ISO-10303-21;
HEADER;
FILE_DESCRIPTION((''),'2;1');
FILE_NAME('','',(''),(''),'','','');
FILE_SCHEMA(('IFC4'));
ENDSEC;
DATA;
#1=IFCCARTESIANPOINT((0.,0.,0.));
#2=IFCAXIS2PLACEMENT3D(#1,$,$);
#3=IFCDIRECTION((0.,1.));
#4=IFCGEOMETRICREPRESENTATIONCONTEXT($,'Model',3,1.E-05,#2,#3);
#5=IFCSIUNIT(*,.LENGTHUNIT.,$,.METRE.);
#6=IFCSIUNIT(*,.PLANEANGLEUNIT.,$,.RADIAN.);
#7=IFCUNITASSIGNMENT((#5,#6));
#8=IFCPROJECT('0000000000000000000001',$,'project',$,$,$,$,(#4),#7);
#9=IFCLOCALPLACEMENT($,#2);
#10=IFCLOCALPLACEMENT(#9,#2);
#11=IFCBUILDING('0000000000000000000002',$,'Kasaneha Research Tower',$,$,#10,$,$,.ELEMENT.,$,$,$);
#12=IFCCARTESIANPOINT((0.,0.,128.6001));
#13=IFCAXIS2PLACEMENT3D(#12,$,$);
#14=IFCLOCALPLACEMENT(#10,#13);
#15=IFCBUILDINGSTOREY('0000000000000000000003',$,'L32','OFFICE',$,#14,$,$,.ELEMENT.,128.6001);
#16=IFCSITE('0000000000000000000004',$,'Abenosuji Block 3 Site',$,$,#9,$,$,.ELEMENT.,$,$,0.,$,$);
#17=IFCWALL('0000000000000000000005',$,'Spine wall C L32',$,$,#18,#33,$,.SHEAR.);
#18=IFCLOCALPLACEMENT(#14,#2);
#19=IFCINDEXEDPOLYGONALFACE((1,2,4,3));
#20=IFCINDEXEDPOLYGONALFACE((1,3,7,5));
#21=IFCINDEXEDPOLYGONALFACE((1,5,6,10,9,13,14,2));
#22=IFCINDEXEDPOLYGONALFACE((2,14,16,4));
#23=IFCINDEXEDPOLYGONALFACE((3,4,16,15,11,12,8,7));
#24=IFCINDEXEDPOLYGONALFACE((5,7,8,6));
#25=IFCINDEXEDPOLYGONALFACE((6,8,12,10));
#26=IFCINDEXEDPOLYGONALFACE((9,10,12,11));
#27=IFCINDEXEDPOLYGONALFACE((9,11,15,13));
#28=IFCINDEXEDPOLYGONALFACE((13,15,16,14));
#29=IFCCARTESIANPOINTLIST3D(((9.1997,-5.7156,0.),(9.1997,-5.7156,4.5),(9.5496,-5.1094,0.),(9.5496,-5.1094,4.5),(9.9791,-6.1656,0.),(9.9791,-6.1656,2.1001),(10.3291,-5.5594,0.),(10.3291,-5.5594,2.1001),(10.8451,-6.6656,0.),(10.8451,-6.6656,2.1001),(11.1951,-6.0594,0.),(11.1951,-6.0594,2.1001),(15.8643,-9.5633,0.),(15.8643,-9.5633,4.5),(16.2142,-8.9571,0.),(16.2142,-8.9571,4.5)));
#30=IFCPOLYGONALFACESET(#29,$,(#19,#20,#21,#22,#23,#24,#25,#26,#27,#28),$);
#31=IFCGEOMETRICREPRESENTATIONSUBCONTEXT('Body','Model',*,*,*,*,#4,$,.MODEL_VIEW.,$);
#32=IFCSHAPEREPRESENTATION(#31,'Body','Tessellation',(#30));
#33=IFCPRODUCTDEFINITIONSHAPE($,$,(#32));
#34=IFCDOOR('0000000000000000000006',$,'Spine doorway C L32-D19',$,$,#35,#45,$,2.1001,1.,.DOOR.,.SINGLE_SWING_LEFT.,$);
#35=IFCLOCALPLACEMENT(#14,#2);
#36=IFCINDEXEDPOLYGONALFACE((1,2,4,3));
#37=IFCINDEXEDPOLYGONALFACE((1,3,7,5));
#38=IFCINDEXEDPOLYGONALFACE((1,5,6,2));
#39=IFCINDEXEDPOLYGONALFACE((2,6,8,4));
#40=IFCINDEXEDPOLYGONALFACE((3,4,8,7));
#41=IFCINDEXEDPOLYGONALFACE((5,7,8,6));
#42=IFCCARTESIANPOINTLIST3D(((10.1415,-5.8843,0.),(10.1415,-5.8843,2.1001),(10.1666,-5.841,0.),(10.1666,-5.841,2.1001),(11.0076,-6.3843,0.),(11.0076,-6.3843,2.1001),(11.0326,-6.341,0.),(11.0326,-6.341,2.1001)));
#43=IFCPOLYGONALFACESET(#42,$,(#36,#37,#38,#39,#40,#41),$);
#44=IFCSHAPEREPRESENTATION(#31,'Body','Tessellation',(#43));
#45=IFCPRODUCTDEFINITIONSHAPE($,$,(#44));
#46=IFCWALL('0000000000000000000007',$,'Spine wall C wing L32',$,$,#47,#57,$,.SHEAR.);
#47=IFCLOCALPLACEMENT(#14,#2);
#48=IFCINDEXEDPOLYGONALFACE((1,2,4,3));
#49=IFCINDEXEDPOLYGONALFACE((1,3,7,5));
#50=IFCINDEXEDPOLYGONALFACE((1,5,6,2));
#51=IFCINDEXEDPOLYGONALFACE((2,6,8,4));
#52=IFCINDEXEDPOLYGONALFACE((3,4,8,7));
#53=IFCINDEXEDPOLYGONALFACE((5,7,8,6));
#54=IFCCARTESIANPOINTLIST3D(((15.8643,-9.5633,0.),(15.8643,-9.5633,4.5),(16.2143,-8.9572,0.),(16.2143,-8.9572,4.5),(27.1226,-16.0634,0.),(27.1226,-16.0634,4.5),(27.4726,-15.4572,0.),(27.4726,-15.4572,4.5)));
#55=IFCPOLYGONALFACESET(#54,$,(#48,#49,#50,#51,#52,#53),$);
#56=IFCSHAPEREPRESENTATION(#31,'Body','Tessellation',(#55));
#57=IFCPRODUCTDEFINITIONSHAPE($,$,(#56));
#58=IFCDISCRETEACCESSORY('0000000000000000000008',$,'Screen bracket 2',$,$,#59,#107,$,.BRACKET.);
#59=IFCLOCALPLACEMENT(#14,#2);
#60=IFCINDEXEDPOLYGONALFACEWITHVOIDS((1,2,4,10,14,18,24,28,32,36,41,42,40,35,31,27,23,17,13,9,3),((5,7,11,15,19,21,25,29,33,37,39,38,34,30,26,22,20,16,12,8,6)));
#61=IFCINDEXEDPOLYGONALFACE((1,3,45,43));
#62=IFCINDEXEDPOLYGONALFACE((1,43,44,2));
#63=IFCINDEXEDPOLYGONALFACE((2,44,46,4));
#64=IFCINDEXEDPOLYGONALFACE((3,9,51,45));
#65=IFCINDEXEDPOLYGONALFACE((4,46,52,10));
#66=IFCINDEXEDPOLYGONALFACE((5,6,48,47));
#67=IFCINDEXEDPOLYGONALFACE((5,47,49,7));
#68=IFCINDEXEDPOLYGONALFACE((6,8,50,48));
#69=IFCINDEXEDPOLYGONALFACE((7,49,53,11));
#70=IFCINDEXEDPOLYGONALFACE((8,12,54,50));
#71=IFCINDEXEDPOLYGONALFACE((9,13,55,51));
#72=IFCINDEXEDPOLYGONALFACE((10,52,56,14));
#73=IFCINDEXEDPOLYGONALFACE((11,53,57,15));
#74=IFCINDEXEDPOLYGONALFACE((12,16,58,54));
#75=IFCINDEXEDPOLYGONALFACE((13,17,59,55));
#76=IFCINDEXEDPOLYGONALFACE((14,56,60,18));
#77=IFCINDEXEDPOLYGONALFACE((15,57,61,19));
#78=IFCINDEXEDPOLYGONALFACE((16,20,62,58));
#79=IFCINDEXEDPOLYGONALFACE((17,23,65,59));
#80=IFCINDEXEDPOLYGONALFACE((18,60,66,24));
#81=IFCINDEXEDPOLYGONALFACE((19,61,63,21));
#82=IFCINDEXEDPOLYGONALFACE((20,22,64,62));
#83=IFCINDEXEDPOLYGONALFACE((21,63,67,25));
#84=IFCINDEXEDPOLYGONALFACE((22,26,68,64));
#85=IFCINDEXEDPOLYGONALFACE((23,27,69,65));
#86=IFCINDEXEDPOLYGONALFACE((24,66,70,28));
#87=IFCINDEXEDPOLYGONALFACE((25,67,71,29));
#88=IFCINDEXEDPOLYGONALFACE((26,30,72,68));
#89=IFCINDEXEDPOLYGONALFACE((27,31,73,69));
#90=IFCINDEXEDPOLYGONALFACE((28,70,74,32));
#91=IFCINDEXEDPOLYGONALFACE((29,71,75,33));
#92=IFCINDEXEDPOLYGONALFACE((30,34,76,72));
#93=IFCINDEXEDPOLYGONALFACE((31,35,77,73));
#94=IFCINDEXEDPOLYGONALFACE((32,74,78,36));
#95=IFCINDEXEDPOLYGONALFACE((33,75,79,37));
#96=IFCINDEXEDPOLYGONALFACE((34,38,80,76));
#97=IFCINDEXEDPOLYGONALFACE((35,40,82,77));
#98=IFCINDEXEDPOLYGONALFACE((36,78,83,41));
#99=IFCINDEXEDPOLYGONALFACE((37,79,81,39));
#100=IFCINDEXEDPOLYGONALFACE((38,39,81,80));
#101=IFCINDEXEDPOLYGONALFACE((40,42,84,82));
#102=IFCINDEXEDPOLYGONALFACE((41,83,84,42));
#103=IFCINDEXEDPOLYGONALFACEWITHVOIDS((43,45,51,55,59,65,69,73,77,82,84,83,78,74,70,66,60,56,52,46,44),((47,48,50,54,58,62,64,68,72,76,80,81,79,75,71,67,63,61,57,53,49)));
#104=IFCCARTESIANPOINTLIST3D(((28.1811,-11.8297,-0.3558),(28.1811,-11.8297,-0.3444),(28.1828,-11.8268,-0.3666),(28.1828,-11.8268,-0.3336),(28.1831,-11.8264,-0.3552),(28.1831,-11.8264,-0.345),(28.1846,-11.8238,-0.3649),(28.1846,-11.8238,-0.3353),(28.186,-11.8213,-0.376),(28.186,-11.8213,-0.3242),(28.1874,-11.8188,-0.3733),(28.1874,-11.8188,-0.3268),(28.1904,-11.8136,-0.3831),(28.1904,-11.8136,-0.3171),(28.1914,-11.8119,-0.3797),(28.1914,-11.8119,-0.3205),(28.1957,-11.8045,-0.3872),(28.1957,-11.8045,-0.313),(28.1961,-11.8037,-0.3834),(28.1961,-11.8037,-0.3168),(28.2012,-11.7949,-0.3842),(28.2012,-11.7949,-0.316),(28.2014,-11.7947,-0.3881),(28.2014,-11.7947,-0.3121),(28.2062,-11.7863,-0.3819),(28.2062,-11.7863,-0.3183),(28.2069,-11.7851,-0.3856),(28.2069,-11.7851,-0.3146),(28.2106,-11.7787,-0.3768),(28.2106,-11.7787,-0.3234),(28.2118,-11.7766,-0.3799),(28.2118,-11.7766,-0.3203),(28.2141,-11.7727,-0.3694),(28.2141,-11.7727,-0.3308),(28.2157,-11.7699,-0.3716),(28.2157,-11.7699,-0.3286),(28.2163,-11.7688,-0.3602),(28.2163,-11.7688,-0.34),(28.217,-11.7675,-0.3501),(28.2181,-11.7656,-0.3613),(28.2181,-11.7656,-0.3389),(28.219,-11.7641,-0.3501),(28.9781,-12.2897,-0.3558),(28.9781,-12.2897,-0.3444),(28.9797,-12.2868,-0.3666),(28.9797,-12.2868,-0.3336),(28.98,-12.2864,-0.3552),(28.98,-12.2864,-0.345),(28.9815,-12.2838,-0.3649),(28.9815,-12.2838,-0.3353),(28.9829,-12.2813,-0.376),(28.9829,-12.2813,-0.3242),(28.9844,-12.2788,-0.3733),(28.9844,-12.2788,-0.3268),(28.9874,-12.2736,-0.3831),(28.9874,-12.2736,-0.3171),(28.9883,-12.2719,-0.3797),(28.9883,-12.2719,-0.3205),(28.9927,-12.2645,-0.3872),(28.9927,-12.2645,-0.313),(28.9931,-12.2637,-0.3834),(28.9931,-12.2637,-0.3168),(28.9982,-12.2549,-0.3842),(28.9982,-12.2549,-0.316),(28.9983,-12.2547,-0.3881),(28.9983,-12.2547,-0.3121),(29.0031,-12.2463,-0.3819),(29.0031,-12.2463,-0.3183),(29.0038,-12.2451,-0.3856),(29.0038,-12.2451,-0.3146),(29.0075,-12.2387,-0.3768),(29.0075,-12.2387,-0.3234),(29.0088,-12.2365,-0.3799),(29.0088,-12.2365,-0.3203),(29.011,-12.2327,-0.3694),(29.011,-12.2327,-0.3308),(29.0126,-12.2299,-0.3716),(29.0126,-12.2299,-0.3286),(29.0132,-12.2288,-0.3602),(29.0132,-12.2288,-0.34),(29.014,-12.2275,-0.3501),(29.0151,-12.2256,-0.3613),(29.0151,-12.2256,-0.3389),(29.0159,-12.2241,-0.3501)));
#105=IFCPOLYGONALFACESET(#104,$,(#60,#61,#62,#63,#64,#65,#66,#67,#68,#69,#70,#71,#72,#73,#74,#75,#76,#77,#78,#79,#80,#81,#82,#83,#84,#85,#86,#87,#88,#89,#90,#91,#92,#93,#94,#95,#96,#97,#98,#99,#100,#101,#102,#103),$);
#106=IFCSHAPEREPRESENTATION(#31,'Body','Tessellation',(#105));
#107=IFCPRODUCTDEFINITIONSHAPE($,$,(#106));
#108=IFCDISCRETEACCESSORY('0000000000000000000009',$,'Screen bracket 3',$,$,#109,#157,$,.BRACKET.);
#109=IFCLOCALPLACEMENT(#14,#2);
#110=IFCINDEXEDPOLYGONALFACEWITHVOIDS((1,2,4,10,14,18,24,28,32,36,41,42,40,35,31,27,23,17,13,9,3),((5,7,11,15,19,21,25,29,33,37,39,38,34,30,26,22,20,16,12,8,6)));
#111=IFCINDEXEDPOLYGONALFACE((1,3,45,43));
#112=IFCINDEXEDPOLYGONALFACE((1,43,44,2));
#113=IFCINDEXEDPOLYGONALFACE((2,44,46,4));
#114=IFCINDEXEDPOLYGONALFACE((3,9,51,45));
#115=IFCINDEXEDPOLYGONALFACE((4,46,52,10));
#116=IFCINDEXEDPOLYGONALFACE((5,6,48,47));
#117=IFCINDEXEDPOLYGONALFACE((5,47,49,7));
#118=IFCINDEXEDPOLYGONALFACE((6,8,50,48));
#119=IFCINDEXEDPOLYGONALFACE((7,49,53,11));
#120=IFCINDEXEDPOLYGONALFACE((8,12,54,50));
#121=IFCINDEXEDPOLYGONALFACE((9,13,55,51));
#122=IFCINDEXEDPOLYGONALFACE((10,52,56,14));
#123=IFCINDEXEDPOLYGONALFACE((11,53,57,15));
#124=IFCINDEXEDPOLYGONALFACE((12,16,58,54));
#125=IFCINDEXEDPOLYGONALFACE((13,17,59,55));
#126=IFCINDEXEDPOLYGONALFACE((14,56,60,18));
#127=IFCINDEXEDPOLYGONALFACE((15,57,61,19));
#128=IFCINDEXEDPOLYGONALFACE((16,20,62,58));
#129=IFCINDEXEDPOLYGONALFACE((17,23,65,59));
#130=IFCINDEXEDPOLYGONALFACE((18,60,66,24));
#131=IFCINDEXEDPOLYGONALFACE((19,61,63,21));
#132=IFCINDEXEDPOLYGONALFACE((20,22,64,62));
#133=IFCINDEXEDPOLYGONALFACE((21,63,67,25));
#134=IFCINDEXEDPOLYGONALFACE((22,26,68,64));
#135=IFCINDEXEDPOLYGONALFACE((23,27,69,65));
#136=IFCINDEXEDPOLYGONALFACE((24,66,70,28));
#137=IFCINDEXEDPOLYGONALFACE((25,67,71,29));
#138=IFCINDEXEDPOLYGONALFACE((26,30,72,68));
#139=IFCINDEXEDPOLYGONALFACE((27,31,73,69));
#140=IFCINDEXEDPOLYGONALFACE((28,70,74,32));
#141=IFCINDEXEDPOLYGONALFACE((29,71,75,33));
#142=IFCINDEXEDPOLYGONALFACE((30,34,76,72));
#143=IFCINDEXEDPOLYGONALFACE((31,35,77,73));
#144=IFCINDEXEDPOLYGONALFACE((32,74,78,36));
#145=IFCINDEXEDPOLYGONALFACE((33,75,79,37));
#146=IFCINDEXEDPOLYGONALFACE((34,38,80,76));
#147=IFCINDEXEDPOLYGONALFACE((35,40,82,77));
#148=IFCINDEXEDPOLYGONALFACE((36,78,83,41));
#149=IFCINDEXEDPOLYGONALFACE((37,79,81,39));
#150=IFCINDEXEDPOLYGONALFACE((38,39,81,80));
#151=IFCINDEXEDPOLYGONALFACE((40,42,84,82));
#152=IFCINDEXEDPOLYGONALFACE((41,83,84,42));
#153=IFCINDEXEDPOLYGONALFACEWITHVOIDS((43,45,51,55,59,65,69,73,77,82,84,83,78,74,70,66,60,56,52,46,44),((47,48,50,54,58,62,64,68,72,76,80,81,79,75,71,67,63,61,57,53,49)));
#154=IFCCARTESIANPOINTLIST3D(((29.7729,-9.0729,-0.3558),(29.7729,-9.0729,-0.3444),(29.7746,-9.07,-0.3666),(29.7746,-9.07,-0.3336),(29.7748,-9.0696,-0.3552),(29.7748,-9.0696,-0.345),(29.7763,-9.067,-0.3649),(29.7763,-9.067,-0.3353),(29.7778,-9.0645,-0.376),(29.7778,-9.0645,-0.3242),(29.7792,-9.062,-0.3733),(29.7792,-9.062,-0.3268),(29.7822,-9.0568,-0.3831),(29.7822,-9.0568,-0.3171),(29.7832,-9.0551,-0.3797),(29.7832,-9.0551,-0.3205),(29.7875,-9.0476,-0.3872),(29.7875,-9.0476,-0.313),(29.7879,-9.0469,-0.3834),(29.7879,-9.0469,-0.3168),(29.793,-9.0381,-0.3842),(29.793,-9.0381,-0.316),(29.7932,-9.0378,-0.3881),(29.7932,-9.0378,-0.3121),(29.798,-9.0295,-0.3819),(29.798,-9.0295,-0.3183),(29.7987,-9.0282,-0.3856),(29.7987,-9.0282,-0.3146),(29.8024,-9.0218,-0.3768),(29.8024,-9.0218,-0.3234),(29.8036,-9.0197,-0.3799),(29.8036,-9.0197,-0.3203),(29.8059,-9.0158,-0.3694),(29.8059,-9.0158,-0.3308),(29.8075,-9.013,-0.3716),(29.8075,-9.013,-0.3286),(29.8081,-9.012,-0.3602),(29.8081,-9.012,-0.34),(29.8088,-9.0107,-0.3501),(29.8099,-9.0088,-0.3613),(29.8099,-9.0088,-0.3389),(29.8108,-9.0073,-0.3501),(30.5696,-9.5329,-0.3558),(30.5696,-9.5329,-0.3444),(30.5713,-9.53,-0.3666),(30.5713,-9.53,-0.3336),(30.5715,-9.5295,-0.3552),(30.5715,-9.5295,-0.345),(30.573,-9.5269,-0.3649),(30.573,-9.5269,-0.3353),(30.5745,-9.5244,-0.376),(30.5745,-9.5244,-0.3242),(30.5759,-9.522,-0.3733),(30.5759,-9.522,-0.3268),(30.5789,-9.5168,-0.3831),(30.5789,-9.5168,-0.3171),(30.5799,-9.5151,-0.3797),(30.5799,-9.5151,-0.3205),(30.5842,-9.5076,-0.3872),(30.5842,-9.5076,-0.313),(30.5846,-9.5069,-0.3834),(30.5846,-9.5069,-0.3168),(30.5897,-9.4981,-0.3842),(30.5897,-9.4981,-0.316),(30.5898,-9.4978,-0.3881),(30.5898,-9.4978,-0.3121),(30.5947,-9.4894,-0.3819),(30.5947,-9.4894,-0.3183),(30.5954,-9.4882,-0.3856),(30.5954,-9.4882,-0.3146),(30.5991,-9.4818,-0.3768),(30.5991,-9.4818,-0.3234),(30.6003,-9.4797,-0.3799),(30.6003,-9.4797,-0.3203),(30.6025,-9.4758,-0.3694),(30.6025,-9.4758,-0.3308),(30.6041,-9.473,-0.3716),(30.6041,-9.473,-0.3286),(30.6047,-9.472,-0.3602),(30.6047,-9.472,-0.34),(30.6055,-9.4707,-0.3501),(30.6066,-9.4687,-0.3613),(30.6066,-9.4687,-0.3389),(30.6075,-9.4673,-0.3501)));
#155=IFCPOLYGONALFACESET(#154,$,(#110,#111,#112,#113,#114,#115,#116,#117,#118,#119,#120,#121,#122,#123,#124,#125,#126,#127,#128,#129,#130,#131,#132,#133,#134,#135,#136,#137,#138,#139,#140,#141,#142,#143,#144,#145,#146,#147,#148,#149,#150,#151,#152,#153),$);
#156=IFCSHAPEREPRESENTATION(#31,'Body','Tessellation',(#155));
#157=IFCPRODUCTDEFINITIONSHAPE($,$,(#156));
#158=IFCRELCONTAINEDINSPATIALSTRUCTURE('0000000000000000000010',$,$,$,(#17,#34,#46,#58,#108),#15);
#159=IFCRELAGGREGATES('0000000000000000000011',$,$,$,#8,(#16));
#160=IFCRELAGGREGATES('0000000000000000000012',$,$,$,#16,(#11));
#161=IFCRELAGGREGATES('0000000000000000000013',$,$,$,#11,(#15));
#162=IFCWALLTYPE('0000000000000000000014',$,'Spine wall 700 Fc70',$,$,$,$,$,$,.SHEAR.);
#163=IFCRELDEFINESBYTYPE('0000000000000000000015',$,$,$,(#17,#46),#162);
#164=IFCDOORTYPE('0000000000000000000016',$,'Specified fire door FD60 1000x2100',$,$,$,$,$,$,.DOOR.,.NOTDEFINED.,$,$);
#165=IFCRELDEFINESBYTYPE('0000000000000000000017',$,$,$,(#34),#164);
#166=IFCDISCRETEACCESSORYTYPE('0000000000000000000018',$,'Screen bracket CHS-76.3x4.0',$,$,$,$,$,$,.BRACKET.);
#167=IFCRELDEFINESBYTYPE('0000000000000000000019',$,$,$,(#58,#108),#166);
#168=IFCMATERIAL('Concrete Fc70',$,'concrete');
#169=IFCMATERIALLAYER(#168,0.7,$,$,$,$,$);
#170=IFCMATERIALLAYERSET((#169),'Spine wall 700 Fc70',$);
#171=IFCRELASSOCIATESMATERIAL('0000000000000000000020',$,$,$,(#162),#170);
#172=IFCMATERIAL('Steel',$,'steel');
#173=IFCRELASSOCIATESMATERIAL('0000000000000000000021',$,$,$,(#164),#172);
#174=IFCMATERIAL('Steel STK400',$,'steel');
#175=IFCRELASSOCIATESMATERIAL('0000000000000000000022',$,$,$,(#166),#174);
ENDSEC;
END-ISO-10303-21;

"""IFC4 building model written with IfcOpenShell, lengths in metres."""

from ifc_helpers import new_model, si_unit, direction, frame, frame_2d, origin, origin_2d, place, context, subcontext, project, spatial, rectangle, hollow_circle, extrude, material, layer, layer_set, material_profile, profile_set, type_object, element, fill, save


model = new_model("IFC4")

# Units and contexts
model_context = context("Model", 3, precision=1e-05, world=origin(), true_north=direction((0.0, 1.0)))
body_context = subcontext(model_context, "Body", "Model", "MODEL_VIEW")
ifc_project = project(units=[si_unit("LENGTHUNIT", "METRE"), si_unit("PLANEANGLEUNIT", "RADIAN")], contexts=[model_context])

# Site, building, storey
site_placement = place(None, origin())
site = spatial("IfcSite", under=ifc_project, at=site_placement, Name="Abenosuji Block 3 Site", CompositionType="ELEMENT", RefElevation=0.0)
building_placement = place(site_placement, origin())
building = spatial("IfcBuilding", under=site, at=building_placement, Name="Kasaneha Research Tower", CompositionType="ELEMENT")
storey_placement = place(building_placement, frame((0.0, 0.0, 128.6001)))
storey = spatial("IfcBuildingStorey", under=building, at=storey_placement, Name="L32", Description="OFFICE", CompositionType="ELEMENT", Elevation=128.6001)

# Wall, opening, door
ifc_material_1 = material(Name="Concrete Fc70", Category="concrete")
ifc_layer_1 = layer(ifc_material_1, 0.7)
ifc_layer_set_1 = layer_set([ifc_layer_1], Name="Spine wall 700 Fc70")
wall_type_1 = type_object("IfcWallType", Name="Spine wall 700 Fc70", PredefinedType="SHEAR", material=ifc_layer_set_1)
wall_1_placement = place(storey_placement, frame((9.3748, -5.4126, 0.0), z_axis=(0.0, 0.0, 1.0), x_axis=(0.866032, -0.499988, 0.0)))
wall_1 = element("IfcWall", 1, at=wall_1_placement, inside=storey, type_object=wall_type_1, Name="Spine wall C L32", PredefinedType="SHEAR", context=body_context, shape_type="SweptSolid", body=[
    extrude(rectangle(XDim=7.6956, YDim=0.7, at=frame_2d((3.8477, 0.0))), origin(), (0.0, 0.0, 1.0), 4.5),
])
opening_1_placement = place(wall_1_placement, frame((0.8999, 0.0, 0.0)))
opening_1 = element("IfcOpeningElement", 2, at=opening_1_placement, cuts=wall_1, PredefinedType="OPENING", context=body_context, shape_type="SweptSolid", body=[
    extrude(rectangle(XDim=1.0, YDim=2.1001, at=frame_2d((0.5, 1.05))), frame((0.0, 0.3599, 0.0), z_axis=(0.0, -1.0, 0.0), x_axis=(1.0, 0.0, 0.0)), (0.0, 0.0, 1.0), 0.72),
])
ifc_material_2 = material(Name="Steel", Category="steel")
door_type_1 = type_object("IfcDoorType", Name="Specified fire door FD60 1000x2100", OperationType="NOTDEFINED", PredefinedType="DOOR", material=ifc_material_2)
door_1_placement = place(opening_1_placement, origin())
door_1 = element("IfcDoor", 3, at=door_1_placement, inside=storey, type_object=door_type_1, Name="Spine doorway C L32-D19", OperationType="SINGLE_SWING_LEFT", OverallHeight=2.1001, OverallWidth=1.0, PredefinedType="DOOR", context=body_context, shape_type="SweptSolid", body=[
    extrude(rectangle(XDim=1.0, YDim=2.1001, at=frame_2d((0.5, 1.05))), frame((0.0, 0.0249, 0.0), z_axis=(0.0, -1.0, 0.0), x_axis=(1.0, 0.0, 0.0)), (0.0, 0.0, 1.0), 0.05),
])
fill(opening_1, door_1)

# Wall
wall_2_placement = place(storey_placement, frame((16.0393, -9.2603, 0.0), z_axis=(0.0, 0.0, 1.0), x_axis=(0.866025, -0.500001, 0.0)))
element("IfcWall", 4, at=wall_2_placement, inside=storey, type_object=wall_type_1, Name="Spine wall C wing L32", PredefinedType="SHEAR", context=body_context, shape_type="SweptSolid", body=[
    extrude(rectangle(XDim=13.0, YDim=0.7, at=frame_2d((6.5, 0.0))), origin(), (0.0, 0.0, 1.0), 4.5),
])

# Discrete accessories
ifc_material_3 = material(Name="Steel STK400", Category="steel")
ifc_material_profile_1 = material_profile(ifc_material_3, hollow_circle(Radius=0.0381, WallThickness=0.0039, at=origin_2d()), Name="CHS-76.3x4.0")
ifc_profile_set_1 = profile_set([ifc_material_profile_1], Name="Steel STK400")
discrete_accessory_type = type_object("IfcDiscreteAccessoryType", Name="Screen bracket CHS-76.3x4.0", PredefinedType="BRACKET", material=ifc_profile_set_1)
discrete_accessory_1_placement = place(storey_placement, frame((28.2, -11.7971, -0.3501), z_axis=(0.86608, -0.499906, 0.0), x_axis=(0.499906, 0.86608, 0.0)))
element("IfcDiscreteAccessory", 5, at=discrete_accessory_1_placement, inside=storey, type_object=discrete_accessory_type, Name="Screen bracket 2", PredefinedType="BRACKET", context=body_context, shape_type="SweptSolid", body=[
    extrude(hollow_circle(Radius=0.0381, WallThickness=0.0039, at=origin_2d()), origin(), (0.0, 0.0, 1.0), 0.9202),
])
discrete_accessory_2_placement = place(storey_placement, frame((29.7917, -9.0403, -0.3501), z_axis=(0.866013, -0.500021, 0.0), x_axis=(0.500021, 0.866013, 0.0)))
element("IfcDiscreteAccessory", 6, at=discrete_accessory_2_placement, inside=storey, type_object=discrete_accessory_type, Name="Screen bracket 3", PredefinedType="BRACKET", context=body_context, shape_type="SweptSolid", body=[
    extrude(hollow_circle(Radius=0.0381, WallThickness=0.0039, at=origin_2d()), origin(), (0.0, 0.0, 1.0), 0.9199),
])

save(model, "model.ifc")
